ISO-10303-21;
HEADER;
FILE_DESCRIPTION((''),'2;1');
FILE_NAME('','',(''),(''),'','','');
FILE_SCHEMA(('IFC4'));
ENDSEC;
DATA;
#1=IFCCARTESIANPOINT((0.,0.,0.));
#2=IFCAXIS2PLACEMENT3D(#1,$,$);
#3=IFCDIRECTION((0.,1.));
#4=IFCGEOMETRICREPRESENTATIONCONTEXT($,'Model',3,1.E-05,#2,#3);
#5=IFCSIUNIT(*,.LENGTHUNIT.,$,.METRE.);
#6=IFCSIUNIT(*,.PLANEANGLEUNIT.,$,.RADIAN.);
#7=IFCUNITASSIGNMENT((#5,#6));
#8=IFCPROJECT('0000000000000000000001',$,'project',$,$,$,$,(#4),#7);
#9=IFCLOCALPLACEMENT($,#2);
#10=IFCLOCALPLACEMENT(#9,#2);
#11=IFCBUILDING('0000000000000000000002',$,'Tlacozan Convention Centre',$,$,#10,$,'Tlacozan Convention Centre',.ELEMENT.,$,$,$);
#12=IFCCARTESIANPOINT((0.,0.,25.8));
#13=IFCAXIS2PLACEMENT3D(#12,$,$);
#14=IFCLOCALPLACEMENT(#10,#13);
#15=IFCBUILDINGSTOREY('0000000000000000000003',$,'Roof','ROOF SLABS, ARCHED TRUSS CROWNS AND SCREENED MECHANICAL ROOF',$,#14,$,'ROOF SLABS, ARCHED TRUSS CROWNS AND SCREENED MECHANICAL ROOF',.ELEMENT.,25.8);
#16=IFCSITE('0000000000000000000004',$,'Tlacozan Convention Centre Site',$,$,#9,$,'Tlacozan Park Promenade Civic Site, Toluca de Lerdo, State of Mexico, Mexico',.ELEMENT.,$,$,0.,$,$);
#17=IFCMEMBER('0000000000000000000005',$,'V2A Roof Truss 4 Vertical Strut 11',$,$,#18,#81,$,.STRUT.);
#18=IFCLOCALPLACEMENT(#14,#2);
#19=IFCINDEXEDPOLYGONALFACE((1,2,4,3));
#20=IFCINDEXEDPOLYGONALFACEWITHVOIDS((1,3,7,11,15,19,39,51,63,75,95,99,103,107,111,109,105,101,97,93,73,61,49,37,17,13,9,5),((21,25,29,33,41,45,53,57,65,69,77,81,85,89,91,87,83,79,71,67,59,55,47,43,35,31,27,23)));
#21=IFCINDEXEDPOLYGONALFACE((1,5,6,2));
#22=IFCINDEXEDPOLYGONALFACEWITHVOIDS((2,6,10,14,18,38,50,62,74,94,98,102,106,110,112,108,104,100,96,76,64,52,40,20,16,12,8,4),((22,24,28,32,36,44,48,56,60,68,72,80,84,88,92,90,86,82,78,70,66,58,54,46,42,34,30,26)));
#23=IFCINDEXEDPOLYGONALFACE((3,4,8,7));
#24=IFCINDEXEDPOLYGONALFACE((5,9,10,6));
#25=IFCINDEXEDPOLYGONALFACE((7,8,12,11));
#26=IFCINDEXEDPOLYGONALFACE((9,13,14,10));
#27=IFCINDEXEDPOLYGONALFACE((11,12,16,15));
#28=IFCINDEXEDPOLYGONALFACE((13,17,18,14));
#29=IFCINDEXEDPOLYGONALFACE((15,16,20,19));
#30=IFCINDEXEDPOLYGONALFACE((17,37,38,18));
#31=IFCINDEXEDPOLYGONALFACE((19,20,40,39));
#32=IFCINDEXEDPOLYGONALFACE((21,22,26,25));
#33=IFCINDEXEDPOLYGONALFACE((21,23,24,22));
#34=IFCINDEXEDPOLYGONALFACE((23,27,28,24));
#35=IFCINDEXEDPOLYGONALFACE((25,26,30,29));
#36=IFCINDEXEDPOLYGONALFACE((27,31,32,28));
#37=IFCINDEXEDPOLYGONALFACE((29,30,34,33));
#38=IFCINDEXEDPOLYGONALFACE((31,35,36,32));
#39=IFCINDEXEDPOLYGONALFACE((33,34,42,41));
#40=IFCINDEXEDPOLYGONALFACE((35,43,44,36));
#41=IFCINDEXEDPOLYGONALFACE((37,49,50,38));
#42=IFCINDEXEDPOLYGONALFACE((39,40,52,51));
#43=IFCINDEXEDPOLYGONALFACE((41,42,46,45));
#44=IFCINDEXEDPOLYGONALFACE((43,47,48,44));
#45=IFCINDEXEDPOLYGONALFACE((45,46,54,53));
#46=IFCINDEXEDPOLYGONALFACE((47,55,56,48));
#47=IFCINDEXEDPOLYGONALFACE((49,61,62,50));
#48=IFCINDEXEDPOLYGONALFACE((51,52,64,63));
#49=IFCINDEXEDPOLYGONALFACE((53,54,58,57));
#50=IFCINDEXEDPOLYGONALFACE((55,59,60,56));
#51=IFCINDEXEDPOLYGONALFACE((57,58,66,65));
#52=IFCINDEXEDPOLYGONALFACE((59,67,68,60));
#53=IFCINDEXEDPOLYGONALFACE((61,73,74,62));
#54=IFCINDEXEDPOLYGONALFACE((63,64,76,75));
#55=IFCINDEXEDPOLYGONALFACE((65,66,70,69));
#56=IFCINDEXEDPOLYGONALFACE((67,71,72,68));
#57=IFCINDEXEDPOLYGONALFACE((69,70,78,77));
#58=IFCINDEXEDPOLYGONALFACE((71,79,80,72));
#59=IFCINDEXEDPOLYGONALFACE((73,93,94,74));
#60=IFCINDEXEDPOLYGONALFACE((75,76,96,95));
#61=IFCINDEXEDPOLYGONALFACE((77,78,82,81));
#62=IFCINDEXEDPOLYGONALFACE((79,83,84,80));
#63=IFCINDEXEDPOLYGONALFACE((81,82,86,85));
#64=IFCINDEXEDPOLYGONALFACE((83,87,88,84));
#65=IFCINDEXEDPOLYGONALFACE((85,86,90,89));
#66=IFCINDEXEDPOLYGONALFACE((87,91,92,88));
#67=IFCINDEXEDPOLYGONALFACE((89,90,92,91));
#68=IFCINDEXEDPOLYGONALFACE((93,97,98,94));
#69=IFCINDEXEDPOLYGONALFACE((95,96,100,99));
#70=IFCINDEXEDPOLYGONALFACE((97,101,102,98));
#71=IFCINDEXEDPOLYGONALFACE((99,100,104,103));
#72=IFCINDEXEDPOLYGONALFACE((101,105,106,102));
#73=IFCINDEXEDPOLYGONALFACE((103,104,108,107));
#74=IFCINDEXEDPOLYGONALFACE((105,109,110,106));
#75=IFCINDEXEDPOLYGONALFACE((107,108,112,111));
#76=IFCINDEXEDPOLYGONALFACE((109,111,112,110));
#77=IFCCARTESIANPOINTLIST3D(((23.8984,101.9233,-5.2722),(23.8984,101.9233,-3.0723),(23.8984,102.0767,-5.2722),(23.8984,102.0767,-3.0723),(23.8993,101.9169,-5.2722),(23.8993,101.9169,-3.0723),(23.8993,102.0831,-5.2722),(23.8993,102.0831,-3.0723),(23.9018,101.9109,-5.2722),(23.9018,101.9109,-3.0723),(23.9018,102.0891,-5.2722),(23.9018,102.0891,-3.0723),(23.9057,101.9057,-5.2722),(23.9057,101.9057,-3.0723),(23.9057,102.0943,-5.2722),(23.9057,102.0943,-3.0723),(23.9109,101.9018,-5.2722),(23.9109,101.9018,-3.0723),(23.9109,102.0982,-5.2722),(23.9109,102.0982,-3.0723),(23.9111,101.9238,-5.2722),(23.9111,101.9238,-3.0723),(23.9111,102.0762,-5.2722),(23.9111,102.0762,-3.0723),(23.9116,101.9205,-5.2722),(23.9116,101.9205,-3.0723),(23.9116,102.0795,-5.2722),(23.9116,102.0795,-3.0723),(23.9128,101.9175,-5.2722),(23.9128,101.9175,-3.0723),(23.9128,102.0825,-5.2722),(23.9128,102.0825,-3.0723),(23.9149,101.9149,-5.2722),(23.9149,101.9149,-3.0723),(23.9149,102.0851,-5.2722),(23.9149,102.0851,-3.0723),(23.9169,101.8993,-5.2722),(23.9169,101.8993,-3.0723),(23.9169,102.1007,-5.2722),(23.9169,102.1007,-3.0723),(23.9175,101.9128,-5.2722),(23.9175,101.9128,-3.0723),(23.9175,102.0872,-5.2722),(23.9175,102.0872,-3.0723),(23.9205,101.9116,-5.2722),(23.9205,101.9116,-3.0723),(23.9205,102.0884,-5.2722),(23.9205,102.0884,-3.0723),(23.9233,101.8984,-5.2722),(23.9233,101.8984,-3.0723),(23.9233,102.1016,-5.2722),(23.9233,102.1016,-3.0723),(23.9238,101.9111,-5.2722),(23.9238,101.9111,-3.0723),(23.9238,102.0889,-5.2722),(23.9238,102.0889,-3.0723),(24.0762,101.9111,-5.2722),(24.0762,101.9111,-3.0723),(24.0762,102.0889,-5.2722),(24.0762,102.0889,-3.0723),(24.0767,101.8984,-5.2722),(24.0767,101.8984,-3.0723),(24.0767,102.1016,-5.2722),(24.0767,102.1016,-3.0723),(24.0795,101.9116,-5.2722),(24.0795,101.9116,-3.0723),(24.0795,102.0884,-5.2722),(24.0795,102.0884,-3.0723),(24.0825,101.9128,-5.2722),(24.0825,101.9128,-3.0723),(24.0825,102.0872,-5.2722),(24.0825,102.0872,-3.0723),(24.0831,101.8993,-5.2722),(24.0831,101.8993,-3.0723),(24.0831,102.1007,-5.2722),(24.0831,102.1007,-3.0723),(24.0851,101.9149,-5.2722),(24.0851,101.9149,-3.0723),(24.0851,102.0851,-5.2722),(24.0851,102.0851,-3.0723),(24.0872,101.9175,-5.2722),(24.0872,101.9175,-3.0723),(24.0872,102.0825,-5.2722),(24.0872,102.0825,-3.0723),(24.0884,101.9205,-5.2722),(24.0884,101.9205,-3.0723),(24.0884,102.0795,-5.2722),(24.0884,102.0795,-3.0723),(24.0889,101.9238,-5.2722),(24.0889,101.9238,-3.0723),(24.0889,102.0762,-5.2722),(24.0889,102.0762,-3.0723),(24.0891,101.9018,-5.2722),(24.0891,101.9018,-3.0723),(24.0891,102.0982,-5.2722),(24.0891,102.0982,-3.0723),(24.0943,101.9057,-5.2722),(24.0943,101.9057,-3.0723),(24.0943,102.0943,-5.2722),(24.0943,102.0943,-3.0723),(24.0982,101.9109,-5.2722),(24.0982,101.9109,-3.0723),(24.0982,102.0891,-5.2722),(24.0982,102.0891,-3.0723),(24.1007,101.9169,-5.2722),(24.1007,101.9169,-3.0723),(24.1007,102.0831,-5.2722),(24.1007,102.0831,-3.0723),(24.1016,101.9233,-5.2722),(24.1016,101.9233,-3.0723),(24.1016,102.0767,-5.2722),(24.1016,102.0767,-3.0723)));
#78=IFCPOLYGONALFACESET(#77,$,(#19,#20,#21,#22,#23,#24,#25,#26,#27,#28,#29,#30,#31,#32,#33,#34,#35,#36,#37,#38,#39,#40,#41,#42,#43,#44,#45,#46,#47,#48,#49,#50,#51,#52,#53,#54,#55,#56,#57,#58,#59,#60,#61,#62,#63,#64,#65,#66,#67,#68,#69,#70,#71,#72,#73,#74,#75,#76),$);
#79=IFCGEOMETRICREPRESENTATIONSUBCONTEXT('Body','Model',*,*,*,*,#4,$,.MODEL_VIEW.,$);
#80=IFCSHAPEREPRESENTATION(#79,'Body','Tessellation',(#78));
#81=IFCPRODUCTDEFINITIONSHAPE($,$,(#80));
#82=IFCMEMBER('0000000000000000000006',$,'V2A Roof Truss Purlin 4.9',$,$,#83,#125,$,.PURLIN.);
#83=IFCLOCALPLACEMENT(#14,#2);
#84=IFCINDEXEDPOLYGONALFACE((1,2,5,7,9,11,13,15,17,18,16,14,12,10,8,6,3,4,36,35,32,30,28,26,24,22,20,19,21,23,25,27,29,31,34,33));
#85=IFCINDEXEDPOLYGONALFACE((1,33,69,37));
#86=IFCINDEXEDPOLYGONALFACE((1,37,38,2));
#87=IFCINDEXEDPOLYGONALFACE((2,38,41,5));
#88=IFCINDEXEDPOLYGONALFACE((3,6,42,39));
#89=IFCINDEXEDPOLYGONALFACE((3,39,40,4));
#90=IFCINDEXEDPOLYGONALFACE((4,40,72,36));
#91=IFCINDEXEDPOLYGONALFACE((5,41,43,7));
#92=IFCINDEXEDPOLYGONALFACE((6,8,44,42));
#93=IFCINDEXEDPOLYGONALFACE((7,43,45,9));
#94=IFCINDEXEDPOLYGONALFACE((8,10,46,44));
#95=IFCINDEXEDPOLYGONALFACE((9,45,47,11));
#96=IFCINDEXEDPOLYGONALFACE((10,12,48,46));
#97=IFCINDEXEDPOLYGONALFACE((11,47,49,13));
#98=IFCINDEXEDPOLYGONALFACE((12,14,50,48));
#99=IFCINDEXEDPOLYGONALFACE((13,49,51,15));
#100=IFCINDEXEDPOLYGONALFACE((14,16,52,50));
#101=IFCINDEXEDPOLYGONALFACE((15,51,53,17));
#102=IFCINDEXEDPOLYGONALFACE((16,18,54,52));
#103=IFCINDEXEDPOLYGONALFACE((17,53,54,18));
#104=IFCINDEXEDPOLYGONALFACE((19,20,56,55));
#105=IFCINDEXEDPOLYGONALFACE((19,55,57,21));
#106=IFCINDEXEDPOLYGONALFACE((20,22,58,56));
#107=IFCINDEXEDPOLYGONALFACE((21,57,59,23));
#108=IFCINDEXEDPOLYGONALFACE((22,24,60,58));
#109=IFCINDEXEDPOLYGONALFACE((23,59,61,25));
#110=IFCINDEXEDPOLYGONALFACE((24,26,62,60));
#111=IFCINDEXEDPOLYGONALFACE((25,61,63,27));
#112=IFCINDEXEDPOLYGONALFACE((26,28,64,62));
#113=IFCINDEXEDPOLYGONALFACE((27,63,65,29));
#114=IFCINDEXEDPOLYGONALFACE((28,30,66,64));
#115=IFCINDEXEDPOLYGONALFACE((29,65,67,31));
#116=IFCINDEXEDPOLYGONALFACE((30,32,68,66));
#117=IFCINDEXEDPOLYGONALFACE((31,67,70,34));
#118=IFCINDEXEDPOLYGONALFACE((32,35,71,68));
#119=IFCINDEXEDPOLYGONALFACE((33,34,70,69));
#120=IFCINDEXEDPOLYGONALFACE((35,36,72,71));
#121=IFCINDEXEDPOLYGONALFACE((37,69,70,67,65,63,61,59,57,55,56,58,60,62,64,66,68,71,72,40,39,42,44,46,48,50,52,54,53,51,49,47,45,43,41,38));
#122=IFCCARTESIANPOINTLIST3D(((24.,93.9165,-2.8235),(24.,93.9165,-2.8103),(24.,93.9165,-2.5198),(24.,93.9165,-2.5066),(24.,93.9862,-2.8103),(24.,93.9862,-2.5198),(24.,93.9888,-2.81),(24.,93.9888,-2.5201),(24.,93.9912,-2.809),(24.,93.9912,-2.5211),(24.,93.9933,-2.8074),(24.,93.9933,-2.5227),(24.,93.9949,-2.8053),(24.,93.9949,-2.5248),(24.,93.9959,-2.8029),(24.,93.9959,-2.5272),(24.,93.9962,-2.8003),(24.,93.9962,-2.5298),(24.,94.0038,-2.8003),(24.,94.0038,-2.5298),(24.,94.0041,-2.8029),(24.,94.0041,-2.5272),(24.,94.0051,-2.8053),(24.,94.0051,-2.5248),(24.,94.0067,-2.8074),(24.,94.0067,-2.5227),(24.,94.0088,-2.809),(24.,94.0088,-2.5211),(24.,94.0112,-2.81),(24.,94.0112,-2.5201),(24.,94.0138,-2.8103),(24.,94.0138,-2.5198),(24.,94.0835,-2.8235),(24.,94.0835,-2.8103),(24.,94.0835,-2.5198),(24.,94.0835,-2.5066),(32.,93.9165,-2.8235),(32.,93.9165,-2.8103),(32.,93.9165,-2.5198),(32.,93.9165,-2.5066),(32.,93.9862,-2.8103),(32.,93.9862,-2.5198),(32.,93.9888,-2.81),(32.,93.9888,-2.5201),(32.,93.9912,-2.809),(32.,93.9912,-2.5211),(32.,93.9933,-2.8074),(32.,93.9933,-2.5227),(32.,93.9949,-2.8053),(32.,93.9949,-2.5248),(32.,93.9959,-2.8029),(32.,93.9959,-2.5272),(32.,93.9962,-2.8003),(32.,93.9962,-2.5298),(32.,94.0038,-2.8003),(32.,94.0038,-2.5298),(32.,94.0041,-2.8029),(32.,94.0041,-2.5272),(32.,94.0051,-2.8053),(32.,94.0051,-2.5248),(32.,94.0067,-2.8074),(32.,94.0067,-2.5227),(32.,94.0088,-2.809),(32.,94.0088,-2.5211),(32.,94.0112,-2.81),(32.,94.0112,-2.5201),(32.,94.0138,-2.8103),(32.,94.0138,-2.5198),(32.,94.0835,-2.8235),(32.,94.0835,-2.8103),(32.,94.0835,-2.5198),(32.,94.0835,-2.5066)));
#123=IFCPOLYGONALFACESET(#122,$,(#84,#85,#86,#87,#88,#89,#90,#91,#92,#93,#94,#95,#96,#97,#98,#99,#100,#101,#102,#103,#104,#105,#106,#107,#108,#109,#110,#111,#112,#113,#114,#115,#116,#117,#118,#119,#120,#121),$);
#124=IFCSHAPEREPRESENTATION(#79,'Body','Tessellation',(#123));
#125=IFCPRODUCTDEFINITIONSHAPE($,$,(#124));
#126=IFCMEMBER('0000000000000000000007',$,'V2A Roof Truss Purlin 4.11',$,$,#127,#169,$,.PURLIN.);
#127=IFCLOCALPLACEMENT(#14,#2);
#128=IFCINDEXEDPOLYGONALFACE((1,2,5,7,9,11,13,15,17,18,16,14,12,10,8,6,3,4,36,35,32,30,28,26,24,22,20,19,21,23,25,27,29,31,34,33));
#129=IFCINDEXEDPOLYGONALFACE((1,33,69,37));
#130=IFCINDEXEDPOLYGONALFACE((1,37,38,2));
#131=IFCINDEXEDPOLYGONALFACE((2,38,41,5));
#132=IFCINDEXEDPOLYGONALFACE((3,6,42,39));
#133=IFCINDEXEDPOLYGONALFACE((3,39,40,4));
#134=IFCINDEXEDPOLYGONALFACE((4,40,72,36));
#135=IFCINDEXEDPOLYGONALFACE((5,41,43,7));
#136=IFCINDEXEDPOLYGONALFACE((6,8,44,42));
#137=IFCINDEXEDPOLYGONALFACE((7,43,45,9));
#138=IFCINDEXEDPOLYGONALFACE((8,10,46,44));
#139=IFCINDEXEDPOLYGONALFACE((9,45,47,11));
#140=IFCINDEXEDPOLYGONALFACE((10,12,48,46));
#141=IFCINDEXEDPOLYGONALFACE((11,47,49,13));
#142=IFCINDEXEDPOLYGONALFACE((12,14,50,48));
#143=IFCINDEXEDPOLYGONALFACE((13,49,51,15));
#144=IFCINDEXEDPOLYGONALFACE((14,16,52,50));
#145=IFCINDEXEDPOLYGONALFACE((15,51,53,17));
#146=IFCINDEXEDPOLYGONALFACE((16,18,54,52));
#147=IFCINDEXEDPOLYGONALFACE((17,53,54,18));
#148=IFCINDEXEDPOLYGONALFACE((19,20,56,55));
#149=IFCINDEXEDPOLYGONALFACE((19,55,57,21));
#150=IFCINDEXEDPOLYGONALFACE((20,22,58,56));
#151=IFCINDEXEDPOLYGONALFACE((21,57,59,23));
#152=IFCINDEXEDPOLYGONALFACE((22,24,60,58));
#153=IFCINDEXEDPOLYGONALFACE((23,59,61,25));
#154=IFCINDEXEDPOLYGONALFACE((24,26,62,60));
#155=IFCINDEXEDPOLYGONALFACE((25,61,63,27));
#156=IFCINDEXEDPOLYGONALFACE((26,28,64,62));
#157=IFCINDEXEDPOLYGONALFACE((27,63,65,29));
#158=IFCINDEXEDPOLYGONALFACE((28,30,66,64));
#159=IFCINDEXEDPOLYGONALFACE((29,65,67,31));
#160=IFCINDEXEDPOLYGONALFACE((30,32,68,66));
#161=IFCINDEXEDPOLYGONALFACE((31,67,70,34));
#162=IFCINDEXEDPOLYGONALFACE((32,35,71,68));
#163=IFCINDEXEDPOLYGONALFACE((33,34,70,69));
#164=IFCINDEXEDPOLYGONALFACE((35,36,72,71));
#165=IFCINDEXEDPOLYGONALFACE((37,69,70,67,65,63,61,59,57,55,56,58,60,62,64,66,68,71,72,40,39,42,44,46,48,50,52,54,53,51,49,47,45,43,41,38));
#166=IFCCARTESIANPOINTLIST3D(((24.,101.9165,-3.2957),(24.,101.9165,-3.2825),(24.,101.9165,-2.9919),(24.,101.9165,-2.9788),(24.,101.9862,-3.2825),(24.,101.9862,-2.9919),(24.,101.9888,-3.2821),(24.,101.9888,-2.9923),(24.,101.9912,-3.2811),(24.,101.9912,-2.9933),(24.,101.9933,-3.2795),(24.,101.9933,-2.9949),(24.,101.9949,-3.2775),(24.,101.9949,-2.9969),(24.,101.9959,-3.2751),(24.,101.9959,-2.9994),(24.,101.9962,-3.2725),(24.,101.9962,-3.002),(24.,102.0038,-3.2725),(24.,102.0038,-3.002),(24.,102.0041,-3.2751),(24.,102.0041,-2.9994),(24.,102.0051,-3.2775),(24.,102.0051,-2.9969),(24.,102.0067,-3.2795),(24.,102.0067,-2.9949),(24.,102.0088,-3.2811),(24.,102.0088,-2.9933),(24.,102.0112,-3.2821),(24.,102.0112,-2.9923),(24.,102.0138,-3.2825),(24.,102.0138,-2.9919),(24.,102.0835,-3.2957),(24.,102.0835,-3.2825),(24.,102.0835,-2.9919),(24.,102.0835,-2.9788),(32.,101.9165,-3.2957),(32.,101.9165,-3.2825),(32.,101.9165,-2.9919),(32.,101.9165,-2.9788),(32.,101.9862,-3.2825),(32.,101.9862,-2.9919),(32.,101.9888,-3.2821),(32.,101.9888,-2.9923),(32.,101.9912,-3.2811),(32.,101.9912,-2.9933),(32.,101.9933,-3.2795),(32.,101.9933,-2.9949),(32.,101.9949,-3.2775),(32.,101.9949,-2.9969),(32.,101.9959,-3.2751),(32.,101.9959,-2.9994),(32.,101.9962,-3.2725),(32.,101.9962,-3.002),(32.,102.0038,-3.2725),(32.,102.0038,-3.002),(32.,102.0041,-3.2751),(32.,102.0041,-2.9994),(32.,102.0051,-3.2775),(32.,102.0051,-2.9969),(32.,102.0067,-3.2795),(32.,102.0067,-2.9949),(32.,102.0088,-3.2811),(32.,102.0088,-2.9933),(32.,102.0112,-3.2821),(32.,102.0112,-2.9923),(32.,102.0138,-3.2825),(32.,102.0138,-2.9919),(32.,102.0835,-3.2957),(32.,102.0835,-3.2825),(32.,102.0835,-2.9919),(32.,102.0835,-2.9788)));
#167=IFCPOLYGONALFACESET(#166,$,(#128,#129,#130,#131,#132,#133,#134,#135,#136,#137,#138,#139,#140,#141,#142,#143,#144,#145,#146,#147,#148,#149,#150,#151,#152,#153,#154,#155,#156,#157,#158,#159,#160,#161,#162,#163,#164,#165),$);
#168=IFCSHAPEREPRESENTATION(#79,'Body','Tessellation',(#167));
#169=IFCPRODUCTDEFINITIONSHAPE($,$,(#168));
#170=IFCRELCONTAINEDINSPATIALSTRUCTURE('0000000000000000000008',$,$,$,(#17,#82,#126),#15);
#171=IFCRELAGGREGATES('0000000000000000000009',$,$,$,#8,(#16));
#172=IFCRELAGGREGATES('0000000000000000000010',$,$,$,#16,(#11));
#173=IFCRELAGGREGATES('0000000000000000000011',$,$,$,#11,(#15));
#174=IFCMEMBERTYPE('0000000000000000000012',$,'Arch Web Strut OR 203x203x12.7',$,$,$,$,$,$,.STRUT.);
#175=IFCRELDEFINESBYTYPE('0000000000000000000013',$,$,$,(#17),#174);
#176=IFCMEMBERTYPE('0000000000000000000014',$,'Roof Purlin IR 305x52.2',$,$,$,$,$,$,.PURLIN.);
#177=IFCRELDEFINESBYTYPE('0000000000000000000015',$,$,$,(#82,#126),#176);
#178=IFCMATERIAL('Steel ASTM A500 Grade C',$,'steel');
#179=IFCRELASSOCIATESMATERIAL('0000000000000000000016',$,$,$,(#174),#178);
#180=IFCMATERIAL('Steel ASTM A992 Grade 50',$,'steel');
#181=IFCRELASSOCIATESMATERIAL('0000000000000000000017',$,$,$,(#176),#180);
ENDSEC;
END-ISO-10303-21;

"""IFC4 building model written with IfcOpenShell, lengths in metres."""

from ifc_helpers import new_model, si_unit, direction, frame, origin, origin_2d, place, context, subcontext, project, spatial, hollow_rectangle, i_section, extrude, material, material_profile, profile_set, type_object, element, save


model = new_model("IFC4")

# Units and contexts
model_context = context("Model", 3, precision=1e-05, world=origin(), true_north=direction((0.0, 1.0)))
body_context = subcontext(model_context, "Body", "Model", "MODEL_VIEW")
ifc_project = project(units=[si_unit("LENGTHUNIT", "METRE"), si_unit("PLANEANGLEUNIT", "RADIAN")], contexts=[model_context])

# Site, building, storey
site_placement = place(None, origin())
site = spatial("IfcSite", under=ifc_project, at=site_placement, Name="Tlacozan Convention Centre Site", LongName="Tlacozan Park Promenade Civic Site, Toluca de Lerdo, State of Mexico, Mexico", CompositionType="ELEMENT", RefElevation=0.0)
building_placement = place(site_placement, origin())
building = spatial("IfcBuilding", under=site, at=building_placement, Name="Tlacozan Convention Centre", LongName="Tlacozan Convention Centre", CompositionType="ELEMENT")
storey_placement = place(building_placement, frame((0.0, 0.0, 25.8)))
storey = spatial("IfcBuildingStorey", under=building, at=storey_placement, Name="Roof", Description="ROOF SLABS, ARCHED TRUSS CROWNS AND SCREENED MECHANICAL ROOF", LongName="ROOF SLABS, ARCHED TRUSS CROWNS AND SCREENED MECHANICAL ROOF", CompositionType="ELEMENT", Elevation=25.8)

# Members
ifc_material_1 = material(Name="Steel ASTM A500 Grade C", Category="steel")
ifc_material_profile_1 = material_profile(ifc_material_1, hollow_rectangle(XDim=0.2031, YDim=0.2031, WallThickness=0.0127, InnerFilletRadius=0.0127, OuterFilletRadius=0.0249, at=origin_2d()), Name="OR 203x203x12.7")
ifc_profile_set_1 = profile_set([ifc_material_profile_1], Name="Steel ASTM A500 Grade C")
member_type_1 = type_object("IfcMemberType", Name="Arch Web Strut OR 203x203x12.7", PredefinedType="STRUT", material=ifc_profile_set_1)
for number, where, z_axis, x_axis, name in (
    (1, (24.0, 102.0, -5.2722), (0.0, 0.0, 1.0), (1.0, 0.0, 0.0), "V2A Roof Truss 4 Vertical Strut 11"),
):
    element("IfcMember", number, at=place(storey_placement, frame(where, z_axis=z_axis, x_axis=x_axis)), inside=storey, type_object=member_type_1, Name=name, PredefinedType="STRUT", context=body_context, shape_type="SweptSolid", body=[
        extrude(hollow_rectangle(XDim=0.2031, YDim=0.2031, WallThickness=0.0127, InnerFilletRadius=0.0127, OuterFilletRadius=0.0249, at=origin_2d()), origin(), (0.0, 0.0, 1.0), 2.2),
    ])
ifc_material_2 = material(Name="Steel ASTM A992 Grade 50", Category="steel")
ifc_material_profile_2 = material_profile(ifc_material_2, i_section(OverallWidth=0.167, OverallDepth=0.3169, WebThickness=0.0076, FlangeThickness=0.0132, FilletRadius=0.01, at=origin_2d()), Name="IR 305x52.2")
ifc_profile_set_2 = profile_set([ifc_material_profile_2], Name="Steel ASTM A992 Grade 50")
member_type_2 = type_object("IfcMemberType", Name="Roof Purlin IR 305x52.2", PredefinedType="PURLIN", material=ifc_profile_set_2)
for number, where, z_axis, x_axis, name in (
    (2, (24.0, 94.0, -2.665), (1.0, 0.0, 0.0), (0.0, 1.0, 0.0), "V2A Roof Truss Purlin 4.9"),
    (3, (24.0, 102.0, -3.1372), (1.0, 0.0, 0.0), (0.0, 1.0, 0.0), "V2A Roof Truss Purlin 4.11"),
):
    element("IfcMember", number, at=place(storey_placement, frame(where, z_axis=z_axis, x_axis=x_axis)), inside=storey, type_object=member_type_2, Name=name, PredefinedType="PURLIN", context=body_context, shape_type="SweptSolid", body=[
        extrude(i_section(OverallWidth=0.167, OverallDepth=0.3169, WebThickness=0.0076, FlangeThickness=0.0132, FilletRadius=0.01, at=origin_2d()), origin(), (0.0, 0.0, 1.0), 8.0),
    ])

save(model, "model.ifc")
